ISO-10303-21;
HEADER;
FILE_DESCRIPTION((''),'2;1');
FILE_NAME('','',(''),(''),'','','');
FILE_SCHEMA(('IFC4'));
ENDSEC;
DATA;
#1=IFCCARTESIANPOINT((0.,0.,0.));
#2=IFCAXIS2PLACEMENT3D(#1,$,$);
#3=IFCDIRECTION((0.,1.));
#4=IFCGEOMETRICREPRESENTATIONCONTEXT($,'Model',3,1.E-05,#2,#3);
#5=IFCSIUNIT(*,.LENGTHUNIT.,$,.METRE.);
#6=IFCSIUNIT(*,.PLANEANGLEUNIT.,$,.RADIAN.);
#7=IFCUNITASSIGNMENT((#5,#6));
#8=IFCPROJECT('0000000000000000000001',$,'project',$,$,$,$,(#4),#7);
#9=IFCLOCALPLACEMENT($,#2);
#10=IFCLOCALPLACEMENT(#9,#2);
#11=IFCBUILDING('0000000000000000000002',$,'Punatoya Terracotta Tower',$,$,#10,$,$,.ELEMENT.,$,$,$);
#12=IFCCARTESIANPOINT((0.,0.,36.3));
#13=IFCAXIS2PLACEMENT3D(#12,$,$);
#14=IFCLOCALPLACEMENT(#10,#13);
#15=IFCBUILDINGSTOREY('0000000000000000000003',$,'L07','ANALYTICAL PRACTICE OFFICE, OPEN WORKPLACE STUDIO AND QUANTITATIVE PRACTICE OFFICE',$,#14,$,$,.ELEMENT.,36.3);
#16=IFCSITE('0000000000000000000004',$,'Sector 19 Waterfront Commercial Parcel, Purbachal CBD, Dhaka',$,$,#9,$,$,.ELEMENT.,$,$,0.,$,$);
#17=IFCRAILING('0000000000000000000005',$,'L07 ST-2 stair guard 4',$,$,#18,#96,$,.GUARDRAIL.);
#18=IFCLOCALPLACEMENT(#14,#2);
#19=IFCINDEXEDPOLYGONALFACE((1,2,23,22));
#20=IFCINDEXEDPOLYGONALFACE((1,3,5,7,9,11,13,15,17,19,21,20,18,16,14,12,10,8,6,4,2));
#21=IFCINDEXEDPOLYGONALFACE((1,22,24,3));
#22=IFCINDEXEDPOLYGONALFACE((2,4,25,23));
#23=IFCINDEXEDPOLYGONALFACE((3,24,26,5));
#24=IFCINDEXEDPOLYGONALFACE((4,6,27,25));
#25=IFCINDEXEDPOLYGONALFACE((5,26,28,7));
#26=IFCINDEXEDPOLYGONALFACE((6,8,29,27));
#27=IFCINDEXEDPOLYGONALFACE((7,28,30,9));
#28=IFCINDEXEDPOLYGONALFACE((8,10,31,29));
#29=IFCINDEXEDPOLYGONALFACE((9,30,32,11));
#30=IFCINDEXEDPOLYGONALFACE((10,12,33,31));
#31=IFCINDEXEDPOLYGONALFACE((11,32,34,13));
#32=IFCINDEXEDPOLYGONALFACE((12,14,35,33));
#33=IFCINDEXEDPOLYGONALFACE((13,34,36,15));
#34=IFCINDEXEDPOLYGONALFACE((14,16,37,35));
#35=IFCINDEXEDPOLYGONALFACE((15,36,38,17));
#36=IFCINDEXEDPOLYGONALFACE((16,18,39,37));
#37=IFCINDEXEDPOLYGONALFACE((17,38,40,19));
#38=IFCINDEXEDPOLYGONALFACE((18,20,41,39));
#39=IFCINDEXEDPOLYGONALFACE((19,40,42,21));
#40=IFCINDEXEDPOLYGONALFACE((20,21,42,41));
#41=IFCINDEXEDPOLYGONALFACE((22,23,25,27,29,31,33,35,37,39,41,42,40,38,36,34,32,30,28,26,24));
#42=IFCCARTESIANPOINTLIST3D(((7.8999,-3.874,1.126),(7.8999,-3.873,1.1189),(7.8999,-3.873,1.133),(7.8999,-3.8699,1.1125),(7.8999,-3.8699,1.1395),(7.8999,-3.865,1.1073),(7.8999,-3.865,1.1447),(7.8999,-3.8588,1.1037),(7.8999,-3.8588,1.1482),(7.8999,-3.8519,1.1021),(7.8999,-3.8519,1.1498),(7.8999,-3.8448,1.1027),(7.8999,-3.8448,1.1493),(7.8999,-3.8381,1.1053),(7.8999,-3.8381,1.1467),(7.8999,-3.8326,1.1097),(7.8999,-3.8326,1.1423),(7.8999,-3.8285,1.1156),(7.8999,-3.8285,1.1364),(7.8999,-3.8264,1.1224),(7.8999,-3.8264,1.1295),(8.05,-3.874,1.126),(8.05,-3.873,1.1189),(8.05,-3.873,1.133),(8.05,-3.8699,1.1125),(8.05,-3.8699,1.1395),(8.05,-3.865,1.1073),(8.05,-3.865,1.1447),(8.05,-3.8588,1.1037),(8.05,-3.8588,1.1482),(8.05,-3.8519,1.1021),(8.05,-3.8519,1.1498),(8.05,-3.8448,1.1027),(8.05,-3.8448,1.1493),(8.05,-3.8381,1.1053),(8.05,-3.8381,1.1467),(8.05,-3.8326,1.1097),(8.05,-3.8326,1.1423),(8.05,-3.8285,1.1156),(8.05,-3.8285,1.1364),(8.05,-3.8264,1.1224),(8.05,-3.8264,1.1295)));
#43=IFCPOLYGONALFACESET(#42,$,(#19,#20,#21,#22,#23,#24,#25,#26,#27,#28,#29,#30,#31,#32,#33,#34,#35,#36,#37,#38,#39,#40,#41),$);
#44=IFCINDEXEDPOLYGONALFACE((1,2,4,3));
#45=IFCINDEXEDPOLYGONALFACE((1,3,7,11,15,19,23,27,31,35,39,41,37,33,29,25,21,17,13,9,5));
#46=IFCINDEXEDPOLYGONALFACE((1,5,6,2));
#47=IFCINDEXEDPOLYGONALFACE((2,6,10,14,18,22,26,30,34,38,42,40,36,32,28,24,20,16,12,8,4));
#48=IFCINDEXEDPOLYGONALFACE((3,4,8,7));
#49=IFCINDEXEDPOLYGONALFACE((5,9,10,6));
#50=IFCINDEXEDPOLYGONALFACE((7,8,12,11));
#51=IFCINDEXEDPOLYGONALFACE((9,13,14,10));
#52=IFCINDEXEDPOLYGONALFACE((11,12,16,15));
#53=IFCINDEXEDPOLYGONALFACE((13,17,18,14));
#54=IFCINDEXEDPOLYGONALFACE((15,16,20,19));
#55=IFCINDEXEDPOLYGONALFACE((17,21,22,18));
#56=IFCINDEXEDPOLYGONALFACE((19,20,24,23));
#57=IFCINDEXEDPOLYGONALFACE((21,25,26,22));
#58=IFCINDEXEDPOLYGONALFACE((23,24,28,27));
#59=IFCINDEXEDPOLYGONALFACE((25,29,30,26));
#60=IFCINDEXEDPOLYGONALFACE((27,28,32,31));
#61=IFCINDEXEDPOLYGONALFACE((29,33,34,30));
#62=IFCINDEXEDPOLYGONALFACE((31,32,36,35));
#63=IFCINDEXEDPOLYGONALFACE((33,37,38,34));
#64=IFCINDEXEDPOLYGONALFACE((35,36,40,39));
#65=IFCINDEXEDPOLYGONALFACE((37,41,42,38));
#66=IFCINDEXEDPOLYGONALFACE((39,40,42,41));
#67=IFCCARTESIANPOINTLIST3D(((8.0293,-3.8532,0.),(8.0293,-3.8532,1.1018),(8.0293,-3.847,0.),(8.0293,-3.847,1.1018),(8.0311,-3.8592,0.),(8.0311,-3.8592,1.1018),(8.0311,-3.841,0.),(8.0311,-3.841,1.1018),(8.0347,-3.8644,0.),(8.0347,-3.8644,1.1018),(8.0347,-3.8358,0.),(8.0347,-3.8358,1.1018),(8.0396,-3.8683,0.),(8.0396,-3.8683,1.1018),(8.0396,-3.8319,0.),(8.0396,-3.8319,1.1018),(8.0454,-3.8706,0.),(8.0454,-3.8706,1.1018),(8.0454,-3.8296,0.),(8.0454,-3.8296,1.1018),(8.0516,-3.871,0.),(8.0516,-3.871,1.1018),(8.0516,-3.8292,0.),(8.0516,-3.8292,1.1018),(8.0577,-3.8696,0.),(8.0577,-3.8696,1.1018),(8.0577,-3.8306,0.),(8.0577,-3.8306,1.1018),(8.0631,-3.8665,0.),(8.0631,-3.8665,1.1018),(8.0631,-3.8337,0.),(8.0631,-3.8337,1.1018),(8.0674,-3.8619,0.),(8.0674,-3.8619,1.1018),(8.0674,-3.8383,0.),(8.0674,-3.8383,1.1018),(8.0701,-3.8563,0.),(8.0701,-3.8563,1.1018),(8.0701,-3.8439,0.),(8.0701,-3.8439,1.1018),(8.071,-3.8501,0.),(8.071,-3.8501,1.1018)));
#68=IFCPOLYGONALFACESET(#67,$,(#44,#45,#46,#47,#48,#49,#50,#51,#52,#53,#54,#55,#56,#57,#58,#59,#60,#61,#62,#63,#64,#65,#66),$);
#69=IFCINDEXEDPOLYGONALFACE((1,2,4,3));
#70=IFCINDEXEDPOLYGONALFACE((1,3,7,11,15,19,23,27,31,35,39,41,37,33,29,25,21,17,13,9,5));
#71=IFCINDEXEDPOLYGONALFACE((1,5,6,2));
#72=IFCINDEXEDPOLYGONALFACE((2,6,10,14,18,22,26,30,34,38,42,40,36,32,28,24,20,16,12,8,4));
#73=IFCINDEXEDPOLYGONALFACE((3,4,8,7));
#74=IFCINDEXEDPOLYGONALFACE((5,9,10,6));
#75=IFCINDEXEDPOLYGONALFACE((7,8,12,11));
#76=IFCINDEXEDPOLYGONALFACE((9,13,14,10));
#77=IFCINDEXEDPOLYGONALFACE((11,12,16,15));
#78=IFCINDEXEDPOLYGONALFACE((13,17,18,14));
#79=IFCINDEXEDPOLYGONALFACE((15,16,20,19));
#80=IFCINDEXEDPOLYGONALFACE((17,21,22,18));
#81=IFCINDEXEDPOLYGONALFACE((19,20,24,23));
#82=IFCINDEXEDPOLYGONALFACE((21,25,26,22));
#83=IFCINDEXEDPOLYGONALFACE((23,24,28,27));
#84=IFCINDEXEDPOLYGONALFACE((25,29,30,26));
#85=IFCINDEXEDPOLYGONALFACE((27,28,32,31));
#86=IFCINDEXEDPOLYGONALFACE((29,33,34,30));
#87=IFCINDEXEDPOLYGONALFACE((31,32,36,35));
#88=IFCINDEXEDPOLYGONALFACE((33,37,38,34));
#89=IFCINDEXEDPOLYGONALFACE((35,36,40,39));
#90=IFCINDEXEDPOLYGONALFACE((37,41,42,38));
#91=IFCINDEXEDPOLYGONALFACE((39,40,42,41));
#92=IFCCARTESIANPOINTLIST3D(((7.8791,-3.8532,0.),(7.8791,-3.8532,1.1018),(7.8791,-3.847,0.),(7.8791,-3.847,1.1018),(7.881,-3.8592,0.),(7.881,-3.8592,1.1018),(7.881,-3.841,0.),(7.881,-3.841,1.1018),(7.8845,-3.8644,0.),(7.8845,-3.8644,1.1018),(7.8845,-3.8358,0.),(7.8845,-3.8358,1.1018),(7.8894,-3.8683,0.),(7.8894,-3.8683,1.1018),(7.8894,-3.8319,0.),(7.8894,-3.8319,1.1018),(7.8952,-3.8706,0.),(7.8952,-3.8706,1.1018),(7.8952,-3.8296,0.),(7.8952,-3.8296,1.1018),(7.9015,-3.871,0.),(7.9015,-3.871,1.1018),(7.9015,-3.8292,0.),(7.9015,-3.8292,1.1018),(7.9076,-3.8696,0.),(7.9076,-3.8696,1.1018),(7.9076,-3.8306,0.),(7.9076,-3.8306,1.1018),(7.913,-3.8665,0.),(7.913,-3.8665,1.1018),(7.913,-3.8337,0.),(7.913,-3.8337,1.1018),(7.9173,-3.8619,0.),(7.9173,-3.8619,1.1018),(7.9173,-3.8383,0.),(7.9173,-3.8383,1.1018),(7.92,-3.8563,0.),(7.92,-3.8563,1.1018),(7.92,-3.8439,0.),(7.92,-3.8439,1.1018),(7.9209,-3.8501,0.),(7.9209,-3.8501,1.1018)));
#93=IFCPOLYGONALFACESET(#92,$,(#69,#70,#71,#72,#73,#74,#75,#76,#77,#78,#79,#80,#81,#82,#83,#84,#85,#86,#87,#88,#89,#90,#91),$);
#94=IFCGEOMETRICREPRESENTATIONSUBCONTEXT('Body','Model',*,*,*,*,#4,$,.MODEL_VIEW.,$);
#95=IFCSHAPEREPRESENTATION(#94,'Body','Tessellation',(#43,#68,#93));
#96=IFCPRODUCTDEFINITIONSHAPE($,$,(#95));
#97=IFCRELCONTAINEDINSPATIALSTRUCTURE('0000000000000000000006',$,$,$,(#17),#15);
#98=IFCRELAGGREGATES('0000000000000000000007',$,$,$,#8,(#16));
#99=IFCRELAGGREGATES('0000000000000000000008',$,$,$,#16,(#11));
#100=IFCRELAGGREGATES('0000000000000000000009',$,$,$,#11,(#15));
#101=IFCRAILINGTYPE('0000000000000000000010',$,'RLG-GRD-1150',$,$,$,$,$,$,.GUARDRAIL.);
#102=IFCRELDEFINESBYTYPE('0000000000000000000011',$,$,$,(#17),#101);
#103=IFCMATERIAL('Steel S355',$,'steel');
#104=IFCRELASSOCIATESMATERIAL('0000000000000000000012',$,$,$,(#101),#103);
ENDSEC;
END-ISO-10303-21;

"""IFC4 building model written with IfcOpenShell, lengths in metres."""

from ifc_helpers import new_model, si_unit, direction, frame, origin, origin_2d, place, context, subcontext, project, spatial, circle, extrude, material, type_object, element, save


model = new_model("IFC4")

# Units and contexts
model_context = context("Model", 3, precision=1e-05, world=origin(), true_north=direction((0.0, 1.0)))
body_context = subcontext(model_context, "Body", "Model", "MODEL_VIEW")
ifc_project = project(units=[si_unit("LENGTHUNIT", "METRE"), si_unit("PLANEANGLEUNIT", "RADIAN")], contexts=[model_context])

# Site, building, storey
site_placement = place(None, origin())
site = spatial("IfcSite", under=ifc_project, at=site_placement, Name="Sector 19 Waterfront Commercial Parcel, Purbachal CBD, Dhaka", CompositionType="ELEMENT", RefElevation=0.0)
building_placement = place(site_placement, origin())
building = spatial("IfcBuilding", under=site, at=building_placement, Name="Punatoya Terracotta Tower", CompositionType="ELEMENT")
storey_placement = place(building_placement, frame((0.0, 0.0, 36.3)))
storey = spatial("IfcBuildingStorey", under=building, at=storey_placement, Name="L07", Description="ANALYTICAL PRACTICE OFFICE, OPEN WORKPLACE STUDIO AND QUANTITATIVE PRACTICE OFFICE", CompositionType="ELEMENT", Elevation=36.3)

# Shared definitions
ifc_material_1 = material(Name="Steel S355", Category="steel")

# Railing
railing_type_1 = type_object("IfcRailingType", Name="RLG-GRD-1150", PredefinedType="GUARDRAIL", material=ifc_material_1)
railing_1_placement = place(storey_placement, frame((8.05, -3.8501, 0.0)))
element("IfcRailing", 1, at=railing_1_placement, inside=storey, type_object=railing_type_1, Name="L07 ST-2 stair guard 4", PredefinedType="GUARDRAIL", context=body_context, shape_type="SweptSolid", body=[
    extrude(circle(Radius=0.0239, at=origin_2d()), frame((0.0, 0.0, 1.126), z_axis=(-1.0, 0.0, 0.0), x_axis=(0.0, -1.0, 0.0)), (0.0, 0.0, 1.0), 0.1501),
    extrude(circle(Radius=0.021, at=origin_2d()), origin(), (0.0, 0.0, 1.0), 1.1018),
    extrude(circle(Radius=0.021, at=origin_2d()), frame((-0.1501, 0.0, 0.0)), (0.0, 0.0, 1.0), 1.1018),
])

save(model, "model.ifc")
